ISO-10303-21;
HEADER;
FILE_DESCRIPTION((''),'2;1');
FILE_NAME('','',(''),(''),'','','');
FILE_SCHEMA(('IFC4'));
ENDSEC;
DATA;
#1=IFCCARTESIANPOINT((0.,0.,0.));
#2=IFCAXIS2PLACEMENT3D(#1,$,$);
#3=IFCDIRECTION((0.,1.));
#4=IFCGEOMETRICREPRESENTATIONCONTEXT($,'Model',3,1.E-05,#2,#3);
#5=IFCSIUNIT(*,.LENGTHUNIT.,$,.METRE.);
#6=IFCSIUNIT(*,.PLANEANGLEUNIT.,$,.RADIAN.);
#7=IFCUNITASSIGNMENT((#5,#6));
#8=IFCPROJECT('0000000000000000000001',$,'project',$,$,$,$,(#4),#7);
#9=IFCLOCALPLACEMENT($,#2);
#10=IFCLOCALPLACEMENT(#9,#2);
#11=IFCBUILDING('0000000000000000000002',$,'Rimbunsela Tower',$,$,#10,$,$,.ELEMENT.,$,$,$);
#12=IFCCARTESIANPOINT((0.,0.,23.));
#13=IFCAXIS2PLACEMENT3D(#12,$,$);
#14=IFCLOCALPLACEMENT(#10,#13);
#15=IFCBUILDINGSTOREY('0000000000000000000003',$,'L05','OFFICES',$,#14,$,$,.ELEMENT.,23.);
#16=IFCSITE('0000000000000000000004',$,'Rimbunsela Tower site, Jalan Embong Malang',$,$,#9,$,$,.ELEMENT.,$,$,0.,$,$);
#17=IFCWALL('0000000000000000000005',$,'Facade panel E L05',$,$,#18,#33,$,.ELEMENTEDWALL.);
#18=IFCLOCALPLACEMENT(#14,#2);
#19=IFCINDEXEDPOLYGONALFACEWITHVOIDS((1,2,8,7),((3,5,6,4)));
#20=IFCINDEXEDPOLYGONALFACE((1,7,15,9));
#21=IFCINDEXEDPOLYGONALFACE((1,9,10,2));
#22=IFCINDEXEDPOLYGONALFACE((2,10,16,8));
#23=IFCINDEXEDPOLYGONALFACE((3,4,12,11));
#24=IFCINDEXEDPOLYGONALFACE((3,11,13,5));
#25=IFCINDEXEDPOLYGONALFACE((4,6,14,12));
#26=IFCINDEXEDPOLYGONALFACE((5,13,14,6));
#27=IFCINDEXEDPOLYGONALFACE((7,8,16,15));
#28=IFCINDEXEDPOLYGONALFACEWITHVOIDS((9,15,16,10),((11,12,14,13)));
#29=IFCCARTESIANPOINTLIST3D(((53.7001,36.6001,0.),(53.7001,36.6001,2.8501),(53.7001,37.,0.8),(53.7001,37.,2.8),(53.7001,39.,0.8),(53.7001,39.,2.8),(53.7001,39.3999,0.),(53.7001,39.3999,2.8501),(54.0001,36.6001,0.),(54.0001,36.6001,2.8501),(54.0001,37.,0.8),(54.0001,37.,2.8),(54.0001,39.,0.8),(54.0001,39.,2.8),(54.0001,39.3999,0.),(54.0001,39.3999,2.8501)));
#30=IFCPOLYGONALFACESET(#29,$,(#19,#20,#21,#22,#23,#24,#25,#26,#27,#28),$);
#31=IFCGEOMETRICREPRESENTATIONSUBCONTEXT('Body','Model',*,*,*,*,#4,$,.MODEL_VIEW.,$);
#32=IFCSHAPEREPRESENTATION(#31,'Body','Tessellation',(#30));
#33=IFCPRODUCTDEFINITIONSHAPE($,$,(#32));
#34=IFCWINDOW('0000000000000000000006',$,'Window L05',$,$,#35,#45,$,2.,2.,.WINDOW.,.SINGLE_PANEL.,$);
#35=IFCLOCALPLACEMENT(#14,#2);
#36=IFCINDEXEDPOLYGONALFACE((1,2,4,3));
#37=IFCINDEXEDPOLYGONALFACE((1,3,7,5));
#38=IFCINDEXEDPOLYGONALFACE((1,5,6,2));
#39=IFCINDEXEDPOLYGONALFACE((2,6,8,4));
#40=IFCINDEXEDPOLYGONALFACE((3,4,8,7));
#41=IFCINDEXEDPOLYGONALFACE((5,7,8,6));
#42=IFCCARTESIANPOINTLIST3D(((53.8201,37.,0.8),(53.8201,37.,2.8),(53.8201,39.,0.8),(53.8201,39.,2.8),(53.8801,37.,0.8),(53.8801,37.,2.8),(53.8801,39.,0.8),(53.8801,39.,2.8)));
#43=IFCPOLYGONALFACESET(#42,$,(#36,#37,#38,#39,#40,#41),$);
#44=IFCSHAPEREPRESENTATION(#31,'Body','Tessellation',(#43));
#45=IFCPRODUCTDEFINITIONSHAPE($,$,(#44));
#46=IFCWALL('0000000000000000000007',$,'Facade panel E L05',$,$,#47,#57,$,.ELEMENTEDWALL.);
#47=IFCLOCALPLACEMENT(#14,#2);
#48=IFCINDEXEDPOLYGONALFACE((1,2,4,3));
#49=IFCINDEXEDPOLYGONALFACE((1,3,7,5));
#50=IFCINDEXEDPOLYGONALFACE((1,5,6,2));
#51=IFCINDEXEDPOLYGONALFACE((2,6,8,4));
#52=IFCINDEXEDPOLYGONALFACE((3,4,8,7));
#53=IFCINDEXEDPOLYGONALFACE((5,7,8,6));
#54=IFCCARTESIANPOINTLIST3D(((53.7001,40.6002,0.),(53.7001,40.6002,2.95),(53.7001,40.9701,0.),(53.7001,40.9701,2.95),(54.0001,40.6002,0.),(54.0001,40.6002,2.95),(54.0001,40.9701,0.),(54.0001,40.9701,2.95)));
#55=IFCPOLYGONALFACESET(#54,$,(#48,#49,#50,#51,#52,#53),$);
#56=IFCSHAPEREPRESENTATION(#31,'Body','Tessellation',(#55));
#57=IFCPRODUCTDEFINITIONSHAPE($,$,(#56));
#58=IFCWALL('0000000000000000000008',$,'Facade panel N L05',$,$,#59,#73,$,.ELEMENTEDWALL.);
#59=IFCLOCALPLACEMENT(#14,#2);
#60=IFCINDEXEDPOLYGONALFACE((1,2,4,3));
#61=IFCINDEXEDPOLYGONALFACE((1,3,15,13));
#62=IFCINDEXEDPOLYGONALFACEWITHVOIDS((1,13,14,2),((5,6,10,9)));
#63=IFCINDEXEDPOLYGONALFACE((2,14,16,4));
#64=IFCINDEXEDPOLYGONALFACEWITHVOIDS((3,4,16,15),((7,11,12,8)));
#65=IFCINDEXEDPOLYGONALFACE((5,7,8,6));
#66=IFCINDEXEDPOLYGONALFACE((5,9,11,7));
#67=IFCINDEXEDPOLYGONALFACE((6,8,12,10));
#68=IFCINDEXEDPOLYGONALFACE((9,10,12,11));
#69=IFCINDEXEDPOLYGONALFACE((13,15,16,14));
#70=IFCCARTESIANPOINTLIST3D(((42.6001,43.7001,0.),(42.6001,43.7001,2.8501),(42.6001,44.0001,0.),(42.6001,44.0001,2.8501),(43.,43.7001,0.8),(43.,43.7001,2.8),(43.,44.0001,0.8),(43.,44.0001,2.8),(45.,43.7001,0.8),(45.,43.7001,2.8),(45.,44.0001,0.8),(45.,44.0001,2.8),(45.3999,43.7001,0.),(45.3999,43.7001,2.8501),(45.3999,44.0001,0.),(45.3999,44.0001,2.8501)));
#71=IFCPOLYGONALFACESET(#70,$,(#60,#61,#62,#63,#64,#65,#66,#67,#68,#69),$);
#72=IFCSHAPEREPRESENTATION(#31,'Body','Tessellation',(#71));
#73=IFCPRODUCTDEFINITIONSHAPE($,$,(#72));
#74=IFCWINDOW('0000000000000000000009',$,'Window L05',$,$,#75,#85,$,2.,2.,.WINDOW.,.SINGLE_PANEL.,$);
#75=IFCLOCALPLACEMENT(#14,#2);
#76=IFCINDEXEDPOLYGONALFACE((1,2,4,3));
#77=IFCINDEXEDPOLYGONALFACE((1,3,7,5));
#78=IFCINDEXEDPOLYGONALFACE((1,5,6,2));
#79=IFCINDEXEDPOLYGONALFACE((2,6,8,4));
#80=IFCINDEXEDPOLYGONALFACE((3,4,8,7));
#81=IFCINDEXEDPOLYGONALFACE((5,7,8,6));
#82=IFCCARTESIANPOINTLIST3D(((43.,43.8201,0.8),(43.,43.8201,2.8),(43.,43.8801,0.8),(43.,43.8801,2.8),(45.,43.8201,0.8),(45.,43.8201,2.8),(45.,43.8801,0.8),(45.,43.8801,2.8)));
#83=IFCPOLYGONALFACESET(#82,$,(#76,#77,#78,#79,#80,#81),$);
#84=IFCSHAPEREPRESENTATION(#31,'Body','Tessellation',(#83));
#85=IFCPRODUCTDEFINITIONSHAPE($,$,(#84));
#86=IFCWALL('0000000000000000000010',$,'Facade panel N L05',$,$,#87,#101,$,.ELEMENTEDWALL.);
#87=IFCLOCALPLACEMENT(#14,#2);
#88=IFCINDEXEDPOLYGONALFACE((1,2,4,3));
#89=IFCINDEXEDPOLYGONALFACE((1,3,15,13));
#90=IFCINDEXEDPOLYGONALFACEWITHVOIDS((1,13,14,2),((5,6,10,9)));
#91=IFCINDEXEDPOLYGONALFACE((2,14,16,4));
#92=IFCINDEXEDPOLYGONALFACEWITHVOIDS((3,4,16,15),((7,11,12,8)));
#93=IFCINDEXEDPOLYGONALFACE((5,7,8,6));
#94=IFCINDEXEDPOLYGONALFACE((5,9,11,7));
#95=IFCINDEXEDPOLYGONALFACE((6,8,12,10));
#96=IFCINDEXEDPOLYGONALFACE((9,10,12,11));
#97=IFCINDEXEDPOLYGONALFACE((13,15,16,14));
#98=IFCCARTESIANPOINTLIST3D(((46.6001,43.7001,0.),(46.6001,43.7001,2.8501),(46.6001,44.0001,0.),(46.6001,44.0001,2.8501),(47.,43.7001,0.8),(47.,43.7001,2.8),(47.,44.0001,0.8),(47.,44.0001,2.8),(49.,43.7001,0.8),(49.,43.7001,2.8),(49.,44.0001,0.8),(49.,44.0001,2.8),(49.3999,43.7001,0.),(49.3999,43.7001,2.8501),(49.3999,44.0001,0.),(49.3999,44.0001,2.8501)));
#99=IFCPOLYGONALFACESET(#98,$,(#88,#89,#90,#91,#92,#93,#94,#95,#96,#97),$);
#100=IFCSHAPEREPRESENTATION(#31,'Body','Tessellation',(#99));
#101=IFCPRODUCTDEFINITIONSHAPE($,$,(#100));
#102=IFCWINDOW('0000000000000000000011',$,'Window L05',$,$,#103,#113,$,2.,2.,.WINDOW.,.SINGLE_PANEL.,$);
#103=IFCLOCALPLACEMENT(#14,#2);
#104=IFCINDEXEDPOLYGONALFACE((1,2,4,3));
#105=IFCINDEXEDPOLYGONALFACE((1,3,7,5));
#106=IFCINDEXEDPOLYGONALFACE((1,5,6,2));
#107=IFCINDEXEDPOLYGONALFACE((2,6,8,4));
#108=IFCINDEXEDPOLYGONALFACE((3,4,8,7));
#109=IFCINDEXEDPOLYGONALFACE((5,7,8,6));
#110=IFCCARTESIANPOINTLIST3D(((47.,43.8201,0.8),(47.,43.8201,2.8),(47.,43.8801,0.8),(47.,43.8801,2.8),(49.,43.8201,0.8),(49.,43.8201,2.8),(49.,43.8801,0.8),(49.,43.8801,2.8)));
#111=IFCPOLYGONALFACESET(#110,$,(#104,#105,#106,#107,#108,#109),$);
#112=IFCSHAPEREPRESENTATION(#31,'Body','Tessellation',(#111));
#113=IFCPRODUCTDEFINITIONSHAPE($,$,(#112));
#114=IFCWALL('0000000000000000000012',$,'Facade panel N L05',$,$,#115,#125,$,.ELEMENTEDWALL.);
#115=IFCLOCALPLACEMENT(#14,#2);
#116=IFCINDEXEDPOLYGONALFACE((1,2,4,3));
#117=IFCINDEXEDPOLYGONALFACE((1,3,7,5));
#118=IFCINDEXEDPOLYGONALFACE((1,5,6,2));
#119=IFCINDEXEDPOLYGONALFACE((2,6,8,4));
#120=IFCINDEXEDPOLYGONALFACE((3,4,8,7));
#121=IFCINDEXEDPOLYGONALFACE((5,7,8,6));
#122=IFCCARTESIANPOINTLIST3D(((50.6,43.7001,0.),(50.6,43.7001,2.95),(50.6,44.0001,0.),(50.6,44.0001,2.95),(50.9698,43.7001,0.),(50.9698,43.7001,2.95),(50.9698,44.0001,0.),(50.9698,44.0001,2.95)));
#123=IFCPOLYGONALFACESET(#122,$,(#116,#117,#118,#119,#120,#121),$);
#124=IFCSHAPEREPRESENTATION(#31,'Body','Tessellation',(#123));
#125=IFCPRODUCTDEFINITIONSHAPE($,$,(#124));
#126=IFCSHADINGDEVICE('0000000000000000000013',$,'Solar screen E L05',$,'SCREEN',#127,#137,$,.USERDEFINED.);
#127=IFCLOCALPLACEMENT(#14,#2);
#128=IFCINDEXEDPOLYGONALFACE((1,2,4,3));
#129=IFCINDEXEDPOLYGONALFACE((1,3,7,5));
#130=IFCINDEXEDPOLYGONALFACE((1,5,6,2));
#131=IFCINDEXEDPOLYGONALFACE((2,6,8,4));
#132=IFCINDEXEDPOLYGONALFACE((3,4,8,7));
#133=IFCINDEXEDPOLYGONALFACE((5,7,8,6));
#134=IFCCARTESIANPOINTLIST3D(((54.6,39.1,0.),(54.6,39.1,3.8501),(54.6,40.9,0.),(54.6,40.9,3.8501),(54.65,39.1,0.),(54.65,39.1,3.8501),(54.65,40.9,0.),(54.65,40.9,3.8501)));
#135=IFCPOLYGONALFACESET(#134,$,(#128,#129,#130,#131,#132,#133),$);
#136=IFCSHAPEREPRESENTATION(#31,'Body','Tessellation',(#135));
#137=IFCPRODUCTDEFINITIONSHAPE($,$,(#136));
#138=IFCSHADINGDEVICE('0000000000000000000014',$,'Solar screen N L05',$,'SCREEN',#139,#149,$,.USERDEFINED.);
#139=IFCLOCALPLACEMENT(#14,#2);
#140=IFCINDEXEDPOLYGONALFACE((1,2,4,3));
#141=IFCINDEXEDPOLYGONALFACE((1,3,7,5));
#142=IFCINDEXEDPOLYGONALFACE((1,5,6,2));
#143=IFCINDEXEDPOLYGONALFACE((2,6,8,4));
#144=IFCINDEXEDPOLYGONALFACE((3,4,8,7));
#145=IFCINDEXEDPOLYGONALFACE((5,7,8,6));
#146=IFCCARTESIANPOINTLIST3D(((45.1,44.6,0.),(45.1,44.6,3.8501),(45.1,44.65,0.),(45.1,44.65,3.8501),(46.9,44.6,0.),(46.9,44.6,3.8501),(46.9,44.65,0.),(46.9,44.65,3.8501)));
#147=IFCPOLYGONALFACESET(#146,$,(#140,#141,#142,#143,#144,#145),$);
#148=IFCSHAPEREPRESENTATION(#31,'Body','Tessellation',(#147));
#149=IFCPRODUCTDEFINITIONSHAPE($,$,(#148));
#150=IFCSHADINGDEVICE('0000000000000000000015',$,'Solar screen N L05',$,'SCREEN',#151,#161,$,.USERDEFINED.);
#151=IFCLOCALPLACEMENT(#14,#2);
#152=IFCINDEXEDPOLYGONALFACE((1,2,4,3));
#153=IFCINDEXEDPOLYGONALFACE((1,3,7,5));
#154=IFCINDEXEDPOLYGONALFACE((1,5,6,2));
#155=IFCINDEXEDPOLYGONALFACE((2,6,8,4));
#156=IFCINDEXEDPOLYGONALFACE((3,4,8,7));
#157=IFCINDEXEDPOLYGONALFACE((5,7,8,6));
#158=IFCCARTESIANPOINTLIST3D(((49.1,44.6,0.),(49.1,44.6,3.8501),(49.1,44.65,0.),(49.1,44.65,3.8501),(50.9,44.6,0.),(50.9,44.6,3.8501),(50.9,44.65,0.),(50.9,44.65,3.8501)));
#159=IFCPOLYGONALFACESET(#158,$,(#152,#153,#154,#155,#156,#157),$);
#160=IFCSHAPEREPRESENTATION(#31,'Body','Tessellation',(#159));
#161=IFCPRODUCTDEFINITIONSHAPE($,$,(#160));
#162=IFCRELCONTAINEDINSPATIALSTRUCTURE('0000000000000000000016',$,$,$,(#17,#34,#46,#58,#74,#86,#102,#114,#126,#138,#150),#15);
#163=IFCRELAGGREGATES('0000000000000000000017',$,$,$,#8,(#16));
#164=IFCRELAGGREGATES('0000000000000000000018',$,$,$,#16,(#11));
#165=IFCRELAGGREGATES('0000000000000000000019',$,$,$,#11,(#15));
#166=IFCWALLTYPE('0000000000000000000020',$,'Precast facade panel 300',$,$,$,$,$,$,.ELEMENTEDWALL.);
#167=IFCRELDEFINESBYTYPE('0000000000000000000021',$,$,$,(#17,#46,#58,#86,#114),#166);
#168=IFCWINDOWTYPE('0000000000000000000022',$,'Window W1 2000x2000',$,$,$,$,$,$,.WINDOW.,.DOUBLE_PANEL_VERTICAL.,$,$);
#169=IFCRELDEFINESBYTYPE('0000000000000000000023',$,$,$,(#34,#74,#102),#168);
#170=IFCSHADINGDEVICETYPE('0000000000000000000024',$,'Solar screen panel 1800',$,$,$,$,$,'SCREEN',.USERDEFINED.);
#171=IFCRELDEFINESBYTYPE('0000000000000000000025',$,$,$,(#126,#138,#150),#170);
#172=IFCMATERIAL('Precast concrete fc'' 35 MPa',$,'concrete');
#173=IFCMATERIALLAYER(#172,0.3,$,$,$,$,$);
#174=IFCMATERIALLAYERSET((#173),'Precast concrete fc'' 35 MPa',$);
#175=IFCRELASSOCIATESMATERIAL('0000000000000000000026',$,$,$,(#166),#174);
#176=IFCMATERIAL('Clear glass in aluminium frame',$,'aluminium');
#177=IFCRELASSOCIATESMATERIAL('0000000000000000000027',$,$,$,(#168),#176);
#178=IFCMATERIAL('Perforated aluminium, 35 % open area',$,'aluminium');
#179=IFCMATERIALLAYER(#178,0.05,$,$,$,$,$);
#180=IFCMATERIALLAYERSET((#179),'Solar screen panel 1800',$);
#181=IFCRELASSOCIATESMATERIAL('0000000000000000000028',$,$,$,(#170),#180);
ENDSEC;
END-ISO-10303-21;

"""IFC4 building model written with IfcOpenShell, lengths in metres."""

from ifc_helpers import new_model, si_unit, direction, frame, frame_2d, origin, origin_2d, place, context, subcontext, project, spatial, rectangle, extrude, material, layer, layer_set, type_object, element, fill, save


model = new_model("IFC4")

# Units and contexts
model_context = context("Model", 3, precision=1e-05, world=origin(), true_north=direction((0.0, 1.0)))
body_context = subcontext(model_context, "Body", "Model", "MODEL_VIEW")
ifc_project = project(units=[si_unit("LENGTHUNIT", "METRE"), si_unit("PLANEANGLEUNIT", "RADIAN")], contexts=[model_context])

# Site, building, storey
site_placement = place(None, origin())
site = spatial("IfcSite", under=ifc_project, at=site_placement, Name="Rimbunsela Tower site, Jalan Embong Malang", CompositionType="ELEMENT", RefElevation=0.0)
building_placement = place(site_placement, origin())
building = spatial("IfcBuilding", under=site, at=building_placement, Name="Rimbunsela Tower", CompositionType="ELEMENT")
storey_placement = place(building_placement, frame((0.0, 0.0, 23.0)))
storey = spatial("IfcBuildingStorey", under=building, at=storey_placement, Name="L05", Description="OFFICES", CompositionType="ELEMENT", Elevation=23.0)

# Wall, opening, window
ifc_material_1 = material(Name="Precast concrete fc' 35 MPa", Category="concrete")
ifc_layer_1 = layer(ifc_material_1, 0.3)
ifc_layer_set_1 = layer_set([ifc_layer_1], Name="Precast concrete fc' 35 MPa")
wall_type_1 = type_object("IfcWallType", Name="Precast facade panel 300", PredefinedType="ELEMENTEDWALL", material=ifc_layer_set_1)
wall_1_placement = place(storey_placement, frame((53.8501, 36.6001, 0.0), z_axis=(0.0, 0.0, 1.0), x_axis=(0.0, 1.0, 0.0)))
wall_1 = element("IfcWall", 1, at=wall_1_placement, inside=storey, type_object=wall_type_1, Name="Facade panel E L05", PredefinedType="ELEMENTEDWALL", context=body_context, shape_type="SweptSolid", body=[
    extrude(rectangle(XDim=2.7998, YDim=0.3, at=frame_2d((1.3999, 0.0))), origin(), (0.0, 0.0, 1.0), 2.8501),
])
opening_1_placement = place(wall_1_placement, frame((0.3999, 0.0, 0.8)))
opening_1 = element("IfcOpeningElement", 2, at=opening_1_placement, cuts=wall_1, PredefinedType="OPENING", context=body_context, shape_type="SweptSolid", body=[
    extrude(rectangle(XDim=2.0, YDim=2.0, at=frame_2d((1.0, 1.0))), frame((0.0, 0.1599, 0.0), z_axis=(0.0, -1.0, 0.0), x_axis=(1.0, 0.0, 0.0)), (0.0, 0.0, 1.0), 0.3201),
])
ifc_material_2 = material(Name="Clear glass in aluminium frame", Category="aluminium")
window_type = type_object("IfcWindowType", Name="Window W1 2000x2000", PartitioningType="DOUBLE_PANEL_VERTICAL", PredefinedType="WINDOW", material=ifc_material_2)
window_1_placement = place(opening_1_placement, origin())
window_1 = element("IfcWindow", 3, at=window_1_placement, inside=storey, type_object=window_type, Name="Window L05", OverallHeight=2.0, OverallWidth=2.0, PartitioningType="SINGLE_PANEL", PredefinedType="WINDOW", context=body_context, shape_type="SweptSolid", body=[
    extrude(rectangle(XDim=2.0, YDim=2.0, at=frame_2d((1.0, 1.0))), frame((0.0, 0.03, 0.0), z_axis=(0.0, -1.0, 0.0), x_axis=(1.0, 0.0, 0.0)), (0.0, 0.0, 1.0), 0.0601),
])
fill(opening_1, window_1)

# Wall
wall_2_placement = place(storey_placement, frame((53.8501, 40.6001, 0.0), z_axis=(0.0, 0.0, 1.0), x_axis=(0.0, 1.0, 0.0)))
element("IfcWall", 4, at=wall_2_placement, inside=storey, type_object=wall_type_1, Name="Facade panel E L05", PredefinedType="ELEMENTEDWALL", context=body_context, shape_type="SweptSolid", body=[
    extrude(rectangle(XDim=0.3699, YDim=0.3, at=frame_2d((0.1851, 0.0))), origin(), (0.0, 0.0, 1.0), 2.95),
])

# Walls, openings, windows
wall_3_placement = place(storey_placement, frame((45.3999, 43.8501, 0.0), z_axis=(0.0, 0.0, 1.0), x_axis=(-1.0, 0.0, 0.0)))
wall_3 = element("IfcWall", 5, at=wall_3_placement, inside=storey, type_object=wall_type_1, Name="Facade panel N L05", PredefinedType="ELEMENTEDWALL", context=body_context, shape_type="SweptSolid", body=[
    extrude(rectangle(XDim=2.7998, YDim=0.3, at=frame_2d((1.3999, 0.0))), origin(), (0.0, 0.0, 1.0), 2.8501),
])
opening_2_placement = place(wall_3_placement, frame((0.3999, 0.0, 0.8)))
opening_2 = element("IfcOpeningElement", 6, at=opening_2_placement, cuts=wall_3, PredefinedType="OPENING", context=body_context, shape_type="SweptSolid", body=[
    extrude(rectangle(XDim=2.0, YDim=2.0, at=frame_2d((1.0, 1.0))), frame((0.0, 0.1599, 0.0), z_axis=(0.0, -1.0, 0.0), x_axis=(1.0, 0.0, 0.0)), (0.0, 0.0, 1.0), 0.3201),
])
window_2_placement = place(opening_2_placement, origin())
window_2 = element("IfcWindow", 7, at=window_2_placement, inside=storey, type_object=window_type, Name="Window L05", OverallHeight=2.0, OverallWidth=2.0, PartitioningType="SINGLE_PANEL", PredefinedType="WINDOW", context=body_context, shape_type="SweptSolid", body=[
    extrude(rectangle(XDim=2.0, YDim=2.0, at=frame_2d((1.0, 1.0))), frame((0.0, 0.03, 0.0), z_axis=(0.0, -1.0, 0.0), x_axis=(1.0, 0.0, 0.0)), (0.0, 0.0, 1.0), 0.0601),
])
fill(opening_2, window_2)
wall_4_placement = place(storey_placement, frame((49.3999, 43.8501, 0.0), z_axis=(0.0, 0.0, 1.0), x_axis=(-1.0, 0.0, 0.0)))
wall_4 = element("IfcWall", 8, at=wall_4_placement, inside=storey, type_object=wall_type_1, Name="Facade panel N L05", PredefinedType="ELEMENTEDWALL", context=body_context, shape_type="SweptSolid", body=[
    extrude(rectangle(XDim=2.7998, YDim=0.3, at=frame_2d((1.3999, 0.0))), origin(), (0.0, 0.0, 1.0), 2.8501),
])
opening_3_placement = place(wall_4_placement, frame((0.3999, 0.0, 0.8)))
opening_3 = element("IfcOpeningElement", 9, at=opening_3_placement, cuts=wall_4, PredefinedType="OPENING", context=body_context, shape_type="SweptSolid", body=[
    extrude(rectangle(XDim=2.0, YDim=2.0, at=frame_2d((1.0, 1.0))), frame((0.0, 0.1599, 0.0), z_axis=(0.0, -1.0, 0.0), x_axis=(1.0, 0.0, 0.0)), (0.0, 0.0, 1.0), 0.3201),
])
window_3_placement = place(opening_3_placement, origin())
window_3 = element("IfcWindow", 10, at=window_3_placement, inside=storey, type_object=window_type, Name="Window L05", OverallHeight=2.0, OverallWidth=2.0, PartitioningType="SINGLE_PANEL", PredefinedType="WINDOW", context=body_context, shape_type="SweptSolid", body=[
    extrude(rectangle(XDim=2.0, YDim=2.0, at=frame_2d((1.0, 1.0))), frame((0.0, 0.03, 0.0), z_axis=(0.0, -1.0, 0.0), x_axis=(1.0, 0.0, 0.0)), (0.0, 0.0, 1.0), 0.0601),
])
fill(opening_3, window_3)

# Wall
wall_5_placement = place(storey_placement, frame((50.97, 43.8501, 0.0), z_axis=(0.0, 0.0, 1.0), x_axis=(-1.0, 0.0, 0.0)))
element("IfcWall", 11, at=wall_5_placement, inside=storey, type_object=wall_type_1, Name="Facade panel N L05", PredefinedType="ELEMENTEDWALL", context=body_context, shape_type="SweptSolid", body=[
    extrude(rectangle(XDim=0.3699, YDim=0.3, at=frame_2d((0.1851, 0.0))), origin(), (0.0, 0.0, 1.0), 2.95),
])

# Shading devices
ifc_material_3 = material(Name="Perforated aluminium, 35 % open area", Category="aluminium")
ifc_layer_2 = layer(ifc_material_3, 0.05)
ifc_layer_set_2 = layer_set([ifc_layer_2], Name="Solar screen panel 1800")
shading_device_type = type_object("IfcShadingDeviceType", Name="Solar screen panel 1800", ElementType="SCREEN", PredefinedType="USERDEFINED", material=ifc_layer_set_2)
for number, where, z_axis, x_axis, name in (
    (12, (54.625, 40.0, 0.0), (0.0, 0.0, 1.0), (0.0, 1.0, 0.0), "Solar screen E L05"),
    (13, (46.0, 44.625, 0.0), (0.0, 0.0, 1.0), (1.0, 0.0, 0.0), "Solar screen N L05"),
    (14, (50.0, 44.625, 0.0), (0.0, 0.0, 1.0), (1.0, 0.0, 0.0), "Solar screen N L05"),
):
    element("IfcShadingDevice", number, at=place(storey_placement, frame(where, z_axis=z_axis, x_axis=x_axis)), inside=storey, type_object=shading_device_type, Name=name, ObjectType="SCREEN", PredefinedType="USERDEFINED", context=body_context, shape_type="SweptSolid", body=[
        extrude(rectangle(XDim=1.8, YDim=0.05, at=origin_2d()), origin(), (0.0, 0.0, 1.0), 3.8501),
    ])

save(model, "model.ifc")
